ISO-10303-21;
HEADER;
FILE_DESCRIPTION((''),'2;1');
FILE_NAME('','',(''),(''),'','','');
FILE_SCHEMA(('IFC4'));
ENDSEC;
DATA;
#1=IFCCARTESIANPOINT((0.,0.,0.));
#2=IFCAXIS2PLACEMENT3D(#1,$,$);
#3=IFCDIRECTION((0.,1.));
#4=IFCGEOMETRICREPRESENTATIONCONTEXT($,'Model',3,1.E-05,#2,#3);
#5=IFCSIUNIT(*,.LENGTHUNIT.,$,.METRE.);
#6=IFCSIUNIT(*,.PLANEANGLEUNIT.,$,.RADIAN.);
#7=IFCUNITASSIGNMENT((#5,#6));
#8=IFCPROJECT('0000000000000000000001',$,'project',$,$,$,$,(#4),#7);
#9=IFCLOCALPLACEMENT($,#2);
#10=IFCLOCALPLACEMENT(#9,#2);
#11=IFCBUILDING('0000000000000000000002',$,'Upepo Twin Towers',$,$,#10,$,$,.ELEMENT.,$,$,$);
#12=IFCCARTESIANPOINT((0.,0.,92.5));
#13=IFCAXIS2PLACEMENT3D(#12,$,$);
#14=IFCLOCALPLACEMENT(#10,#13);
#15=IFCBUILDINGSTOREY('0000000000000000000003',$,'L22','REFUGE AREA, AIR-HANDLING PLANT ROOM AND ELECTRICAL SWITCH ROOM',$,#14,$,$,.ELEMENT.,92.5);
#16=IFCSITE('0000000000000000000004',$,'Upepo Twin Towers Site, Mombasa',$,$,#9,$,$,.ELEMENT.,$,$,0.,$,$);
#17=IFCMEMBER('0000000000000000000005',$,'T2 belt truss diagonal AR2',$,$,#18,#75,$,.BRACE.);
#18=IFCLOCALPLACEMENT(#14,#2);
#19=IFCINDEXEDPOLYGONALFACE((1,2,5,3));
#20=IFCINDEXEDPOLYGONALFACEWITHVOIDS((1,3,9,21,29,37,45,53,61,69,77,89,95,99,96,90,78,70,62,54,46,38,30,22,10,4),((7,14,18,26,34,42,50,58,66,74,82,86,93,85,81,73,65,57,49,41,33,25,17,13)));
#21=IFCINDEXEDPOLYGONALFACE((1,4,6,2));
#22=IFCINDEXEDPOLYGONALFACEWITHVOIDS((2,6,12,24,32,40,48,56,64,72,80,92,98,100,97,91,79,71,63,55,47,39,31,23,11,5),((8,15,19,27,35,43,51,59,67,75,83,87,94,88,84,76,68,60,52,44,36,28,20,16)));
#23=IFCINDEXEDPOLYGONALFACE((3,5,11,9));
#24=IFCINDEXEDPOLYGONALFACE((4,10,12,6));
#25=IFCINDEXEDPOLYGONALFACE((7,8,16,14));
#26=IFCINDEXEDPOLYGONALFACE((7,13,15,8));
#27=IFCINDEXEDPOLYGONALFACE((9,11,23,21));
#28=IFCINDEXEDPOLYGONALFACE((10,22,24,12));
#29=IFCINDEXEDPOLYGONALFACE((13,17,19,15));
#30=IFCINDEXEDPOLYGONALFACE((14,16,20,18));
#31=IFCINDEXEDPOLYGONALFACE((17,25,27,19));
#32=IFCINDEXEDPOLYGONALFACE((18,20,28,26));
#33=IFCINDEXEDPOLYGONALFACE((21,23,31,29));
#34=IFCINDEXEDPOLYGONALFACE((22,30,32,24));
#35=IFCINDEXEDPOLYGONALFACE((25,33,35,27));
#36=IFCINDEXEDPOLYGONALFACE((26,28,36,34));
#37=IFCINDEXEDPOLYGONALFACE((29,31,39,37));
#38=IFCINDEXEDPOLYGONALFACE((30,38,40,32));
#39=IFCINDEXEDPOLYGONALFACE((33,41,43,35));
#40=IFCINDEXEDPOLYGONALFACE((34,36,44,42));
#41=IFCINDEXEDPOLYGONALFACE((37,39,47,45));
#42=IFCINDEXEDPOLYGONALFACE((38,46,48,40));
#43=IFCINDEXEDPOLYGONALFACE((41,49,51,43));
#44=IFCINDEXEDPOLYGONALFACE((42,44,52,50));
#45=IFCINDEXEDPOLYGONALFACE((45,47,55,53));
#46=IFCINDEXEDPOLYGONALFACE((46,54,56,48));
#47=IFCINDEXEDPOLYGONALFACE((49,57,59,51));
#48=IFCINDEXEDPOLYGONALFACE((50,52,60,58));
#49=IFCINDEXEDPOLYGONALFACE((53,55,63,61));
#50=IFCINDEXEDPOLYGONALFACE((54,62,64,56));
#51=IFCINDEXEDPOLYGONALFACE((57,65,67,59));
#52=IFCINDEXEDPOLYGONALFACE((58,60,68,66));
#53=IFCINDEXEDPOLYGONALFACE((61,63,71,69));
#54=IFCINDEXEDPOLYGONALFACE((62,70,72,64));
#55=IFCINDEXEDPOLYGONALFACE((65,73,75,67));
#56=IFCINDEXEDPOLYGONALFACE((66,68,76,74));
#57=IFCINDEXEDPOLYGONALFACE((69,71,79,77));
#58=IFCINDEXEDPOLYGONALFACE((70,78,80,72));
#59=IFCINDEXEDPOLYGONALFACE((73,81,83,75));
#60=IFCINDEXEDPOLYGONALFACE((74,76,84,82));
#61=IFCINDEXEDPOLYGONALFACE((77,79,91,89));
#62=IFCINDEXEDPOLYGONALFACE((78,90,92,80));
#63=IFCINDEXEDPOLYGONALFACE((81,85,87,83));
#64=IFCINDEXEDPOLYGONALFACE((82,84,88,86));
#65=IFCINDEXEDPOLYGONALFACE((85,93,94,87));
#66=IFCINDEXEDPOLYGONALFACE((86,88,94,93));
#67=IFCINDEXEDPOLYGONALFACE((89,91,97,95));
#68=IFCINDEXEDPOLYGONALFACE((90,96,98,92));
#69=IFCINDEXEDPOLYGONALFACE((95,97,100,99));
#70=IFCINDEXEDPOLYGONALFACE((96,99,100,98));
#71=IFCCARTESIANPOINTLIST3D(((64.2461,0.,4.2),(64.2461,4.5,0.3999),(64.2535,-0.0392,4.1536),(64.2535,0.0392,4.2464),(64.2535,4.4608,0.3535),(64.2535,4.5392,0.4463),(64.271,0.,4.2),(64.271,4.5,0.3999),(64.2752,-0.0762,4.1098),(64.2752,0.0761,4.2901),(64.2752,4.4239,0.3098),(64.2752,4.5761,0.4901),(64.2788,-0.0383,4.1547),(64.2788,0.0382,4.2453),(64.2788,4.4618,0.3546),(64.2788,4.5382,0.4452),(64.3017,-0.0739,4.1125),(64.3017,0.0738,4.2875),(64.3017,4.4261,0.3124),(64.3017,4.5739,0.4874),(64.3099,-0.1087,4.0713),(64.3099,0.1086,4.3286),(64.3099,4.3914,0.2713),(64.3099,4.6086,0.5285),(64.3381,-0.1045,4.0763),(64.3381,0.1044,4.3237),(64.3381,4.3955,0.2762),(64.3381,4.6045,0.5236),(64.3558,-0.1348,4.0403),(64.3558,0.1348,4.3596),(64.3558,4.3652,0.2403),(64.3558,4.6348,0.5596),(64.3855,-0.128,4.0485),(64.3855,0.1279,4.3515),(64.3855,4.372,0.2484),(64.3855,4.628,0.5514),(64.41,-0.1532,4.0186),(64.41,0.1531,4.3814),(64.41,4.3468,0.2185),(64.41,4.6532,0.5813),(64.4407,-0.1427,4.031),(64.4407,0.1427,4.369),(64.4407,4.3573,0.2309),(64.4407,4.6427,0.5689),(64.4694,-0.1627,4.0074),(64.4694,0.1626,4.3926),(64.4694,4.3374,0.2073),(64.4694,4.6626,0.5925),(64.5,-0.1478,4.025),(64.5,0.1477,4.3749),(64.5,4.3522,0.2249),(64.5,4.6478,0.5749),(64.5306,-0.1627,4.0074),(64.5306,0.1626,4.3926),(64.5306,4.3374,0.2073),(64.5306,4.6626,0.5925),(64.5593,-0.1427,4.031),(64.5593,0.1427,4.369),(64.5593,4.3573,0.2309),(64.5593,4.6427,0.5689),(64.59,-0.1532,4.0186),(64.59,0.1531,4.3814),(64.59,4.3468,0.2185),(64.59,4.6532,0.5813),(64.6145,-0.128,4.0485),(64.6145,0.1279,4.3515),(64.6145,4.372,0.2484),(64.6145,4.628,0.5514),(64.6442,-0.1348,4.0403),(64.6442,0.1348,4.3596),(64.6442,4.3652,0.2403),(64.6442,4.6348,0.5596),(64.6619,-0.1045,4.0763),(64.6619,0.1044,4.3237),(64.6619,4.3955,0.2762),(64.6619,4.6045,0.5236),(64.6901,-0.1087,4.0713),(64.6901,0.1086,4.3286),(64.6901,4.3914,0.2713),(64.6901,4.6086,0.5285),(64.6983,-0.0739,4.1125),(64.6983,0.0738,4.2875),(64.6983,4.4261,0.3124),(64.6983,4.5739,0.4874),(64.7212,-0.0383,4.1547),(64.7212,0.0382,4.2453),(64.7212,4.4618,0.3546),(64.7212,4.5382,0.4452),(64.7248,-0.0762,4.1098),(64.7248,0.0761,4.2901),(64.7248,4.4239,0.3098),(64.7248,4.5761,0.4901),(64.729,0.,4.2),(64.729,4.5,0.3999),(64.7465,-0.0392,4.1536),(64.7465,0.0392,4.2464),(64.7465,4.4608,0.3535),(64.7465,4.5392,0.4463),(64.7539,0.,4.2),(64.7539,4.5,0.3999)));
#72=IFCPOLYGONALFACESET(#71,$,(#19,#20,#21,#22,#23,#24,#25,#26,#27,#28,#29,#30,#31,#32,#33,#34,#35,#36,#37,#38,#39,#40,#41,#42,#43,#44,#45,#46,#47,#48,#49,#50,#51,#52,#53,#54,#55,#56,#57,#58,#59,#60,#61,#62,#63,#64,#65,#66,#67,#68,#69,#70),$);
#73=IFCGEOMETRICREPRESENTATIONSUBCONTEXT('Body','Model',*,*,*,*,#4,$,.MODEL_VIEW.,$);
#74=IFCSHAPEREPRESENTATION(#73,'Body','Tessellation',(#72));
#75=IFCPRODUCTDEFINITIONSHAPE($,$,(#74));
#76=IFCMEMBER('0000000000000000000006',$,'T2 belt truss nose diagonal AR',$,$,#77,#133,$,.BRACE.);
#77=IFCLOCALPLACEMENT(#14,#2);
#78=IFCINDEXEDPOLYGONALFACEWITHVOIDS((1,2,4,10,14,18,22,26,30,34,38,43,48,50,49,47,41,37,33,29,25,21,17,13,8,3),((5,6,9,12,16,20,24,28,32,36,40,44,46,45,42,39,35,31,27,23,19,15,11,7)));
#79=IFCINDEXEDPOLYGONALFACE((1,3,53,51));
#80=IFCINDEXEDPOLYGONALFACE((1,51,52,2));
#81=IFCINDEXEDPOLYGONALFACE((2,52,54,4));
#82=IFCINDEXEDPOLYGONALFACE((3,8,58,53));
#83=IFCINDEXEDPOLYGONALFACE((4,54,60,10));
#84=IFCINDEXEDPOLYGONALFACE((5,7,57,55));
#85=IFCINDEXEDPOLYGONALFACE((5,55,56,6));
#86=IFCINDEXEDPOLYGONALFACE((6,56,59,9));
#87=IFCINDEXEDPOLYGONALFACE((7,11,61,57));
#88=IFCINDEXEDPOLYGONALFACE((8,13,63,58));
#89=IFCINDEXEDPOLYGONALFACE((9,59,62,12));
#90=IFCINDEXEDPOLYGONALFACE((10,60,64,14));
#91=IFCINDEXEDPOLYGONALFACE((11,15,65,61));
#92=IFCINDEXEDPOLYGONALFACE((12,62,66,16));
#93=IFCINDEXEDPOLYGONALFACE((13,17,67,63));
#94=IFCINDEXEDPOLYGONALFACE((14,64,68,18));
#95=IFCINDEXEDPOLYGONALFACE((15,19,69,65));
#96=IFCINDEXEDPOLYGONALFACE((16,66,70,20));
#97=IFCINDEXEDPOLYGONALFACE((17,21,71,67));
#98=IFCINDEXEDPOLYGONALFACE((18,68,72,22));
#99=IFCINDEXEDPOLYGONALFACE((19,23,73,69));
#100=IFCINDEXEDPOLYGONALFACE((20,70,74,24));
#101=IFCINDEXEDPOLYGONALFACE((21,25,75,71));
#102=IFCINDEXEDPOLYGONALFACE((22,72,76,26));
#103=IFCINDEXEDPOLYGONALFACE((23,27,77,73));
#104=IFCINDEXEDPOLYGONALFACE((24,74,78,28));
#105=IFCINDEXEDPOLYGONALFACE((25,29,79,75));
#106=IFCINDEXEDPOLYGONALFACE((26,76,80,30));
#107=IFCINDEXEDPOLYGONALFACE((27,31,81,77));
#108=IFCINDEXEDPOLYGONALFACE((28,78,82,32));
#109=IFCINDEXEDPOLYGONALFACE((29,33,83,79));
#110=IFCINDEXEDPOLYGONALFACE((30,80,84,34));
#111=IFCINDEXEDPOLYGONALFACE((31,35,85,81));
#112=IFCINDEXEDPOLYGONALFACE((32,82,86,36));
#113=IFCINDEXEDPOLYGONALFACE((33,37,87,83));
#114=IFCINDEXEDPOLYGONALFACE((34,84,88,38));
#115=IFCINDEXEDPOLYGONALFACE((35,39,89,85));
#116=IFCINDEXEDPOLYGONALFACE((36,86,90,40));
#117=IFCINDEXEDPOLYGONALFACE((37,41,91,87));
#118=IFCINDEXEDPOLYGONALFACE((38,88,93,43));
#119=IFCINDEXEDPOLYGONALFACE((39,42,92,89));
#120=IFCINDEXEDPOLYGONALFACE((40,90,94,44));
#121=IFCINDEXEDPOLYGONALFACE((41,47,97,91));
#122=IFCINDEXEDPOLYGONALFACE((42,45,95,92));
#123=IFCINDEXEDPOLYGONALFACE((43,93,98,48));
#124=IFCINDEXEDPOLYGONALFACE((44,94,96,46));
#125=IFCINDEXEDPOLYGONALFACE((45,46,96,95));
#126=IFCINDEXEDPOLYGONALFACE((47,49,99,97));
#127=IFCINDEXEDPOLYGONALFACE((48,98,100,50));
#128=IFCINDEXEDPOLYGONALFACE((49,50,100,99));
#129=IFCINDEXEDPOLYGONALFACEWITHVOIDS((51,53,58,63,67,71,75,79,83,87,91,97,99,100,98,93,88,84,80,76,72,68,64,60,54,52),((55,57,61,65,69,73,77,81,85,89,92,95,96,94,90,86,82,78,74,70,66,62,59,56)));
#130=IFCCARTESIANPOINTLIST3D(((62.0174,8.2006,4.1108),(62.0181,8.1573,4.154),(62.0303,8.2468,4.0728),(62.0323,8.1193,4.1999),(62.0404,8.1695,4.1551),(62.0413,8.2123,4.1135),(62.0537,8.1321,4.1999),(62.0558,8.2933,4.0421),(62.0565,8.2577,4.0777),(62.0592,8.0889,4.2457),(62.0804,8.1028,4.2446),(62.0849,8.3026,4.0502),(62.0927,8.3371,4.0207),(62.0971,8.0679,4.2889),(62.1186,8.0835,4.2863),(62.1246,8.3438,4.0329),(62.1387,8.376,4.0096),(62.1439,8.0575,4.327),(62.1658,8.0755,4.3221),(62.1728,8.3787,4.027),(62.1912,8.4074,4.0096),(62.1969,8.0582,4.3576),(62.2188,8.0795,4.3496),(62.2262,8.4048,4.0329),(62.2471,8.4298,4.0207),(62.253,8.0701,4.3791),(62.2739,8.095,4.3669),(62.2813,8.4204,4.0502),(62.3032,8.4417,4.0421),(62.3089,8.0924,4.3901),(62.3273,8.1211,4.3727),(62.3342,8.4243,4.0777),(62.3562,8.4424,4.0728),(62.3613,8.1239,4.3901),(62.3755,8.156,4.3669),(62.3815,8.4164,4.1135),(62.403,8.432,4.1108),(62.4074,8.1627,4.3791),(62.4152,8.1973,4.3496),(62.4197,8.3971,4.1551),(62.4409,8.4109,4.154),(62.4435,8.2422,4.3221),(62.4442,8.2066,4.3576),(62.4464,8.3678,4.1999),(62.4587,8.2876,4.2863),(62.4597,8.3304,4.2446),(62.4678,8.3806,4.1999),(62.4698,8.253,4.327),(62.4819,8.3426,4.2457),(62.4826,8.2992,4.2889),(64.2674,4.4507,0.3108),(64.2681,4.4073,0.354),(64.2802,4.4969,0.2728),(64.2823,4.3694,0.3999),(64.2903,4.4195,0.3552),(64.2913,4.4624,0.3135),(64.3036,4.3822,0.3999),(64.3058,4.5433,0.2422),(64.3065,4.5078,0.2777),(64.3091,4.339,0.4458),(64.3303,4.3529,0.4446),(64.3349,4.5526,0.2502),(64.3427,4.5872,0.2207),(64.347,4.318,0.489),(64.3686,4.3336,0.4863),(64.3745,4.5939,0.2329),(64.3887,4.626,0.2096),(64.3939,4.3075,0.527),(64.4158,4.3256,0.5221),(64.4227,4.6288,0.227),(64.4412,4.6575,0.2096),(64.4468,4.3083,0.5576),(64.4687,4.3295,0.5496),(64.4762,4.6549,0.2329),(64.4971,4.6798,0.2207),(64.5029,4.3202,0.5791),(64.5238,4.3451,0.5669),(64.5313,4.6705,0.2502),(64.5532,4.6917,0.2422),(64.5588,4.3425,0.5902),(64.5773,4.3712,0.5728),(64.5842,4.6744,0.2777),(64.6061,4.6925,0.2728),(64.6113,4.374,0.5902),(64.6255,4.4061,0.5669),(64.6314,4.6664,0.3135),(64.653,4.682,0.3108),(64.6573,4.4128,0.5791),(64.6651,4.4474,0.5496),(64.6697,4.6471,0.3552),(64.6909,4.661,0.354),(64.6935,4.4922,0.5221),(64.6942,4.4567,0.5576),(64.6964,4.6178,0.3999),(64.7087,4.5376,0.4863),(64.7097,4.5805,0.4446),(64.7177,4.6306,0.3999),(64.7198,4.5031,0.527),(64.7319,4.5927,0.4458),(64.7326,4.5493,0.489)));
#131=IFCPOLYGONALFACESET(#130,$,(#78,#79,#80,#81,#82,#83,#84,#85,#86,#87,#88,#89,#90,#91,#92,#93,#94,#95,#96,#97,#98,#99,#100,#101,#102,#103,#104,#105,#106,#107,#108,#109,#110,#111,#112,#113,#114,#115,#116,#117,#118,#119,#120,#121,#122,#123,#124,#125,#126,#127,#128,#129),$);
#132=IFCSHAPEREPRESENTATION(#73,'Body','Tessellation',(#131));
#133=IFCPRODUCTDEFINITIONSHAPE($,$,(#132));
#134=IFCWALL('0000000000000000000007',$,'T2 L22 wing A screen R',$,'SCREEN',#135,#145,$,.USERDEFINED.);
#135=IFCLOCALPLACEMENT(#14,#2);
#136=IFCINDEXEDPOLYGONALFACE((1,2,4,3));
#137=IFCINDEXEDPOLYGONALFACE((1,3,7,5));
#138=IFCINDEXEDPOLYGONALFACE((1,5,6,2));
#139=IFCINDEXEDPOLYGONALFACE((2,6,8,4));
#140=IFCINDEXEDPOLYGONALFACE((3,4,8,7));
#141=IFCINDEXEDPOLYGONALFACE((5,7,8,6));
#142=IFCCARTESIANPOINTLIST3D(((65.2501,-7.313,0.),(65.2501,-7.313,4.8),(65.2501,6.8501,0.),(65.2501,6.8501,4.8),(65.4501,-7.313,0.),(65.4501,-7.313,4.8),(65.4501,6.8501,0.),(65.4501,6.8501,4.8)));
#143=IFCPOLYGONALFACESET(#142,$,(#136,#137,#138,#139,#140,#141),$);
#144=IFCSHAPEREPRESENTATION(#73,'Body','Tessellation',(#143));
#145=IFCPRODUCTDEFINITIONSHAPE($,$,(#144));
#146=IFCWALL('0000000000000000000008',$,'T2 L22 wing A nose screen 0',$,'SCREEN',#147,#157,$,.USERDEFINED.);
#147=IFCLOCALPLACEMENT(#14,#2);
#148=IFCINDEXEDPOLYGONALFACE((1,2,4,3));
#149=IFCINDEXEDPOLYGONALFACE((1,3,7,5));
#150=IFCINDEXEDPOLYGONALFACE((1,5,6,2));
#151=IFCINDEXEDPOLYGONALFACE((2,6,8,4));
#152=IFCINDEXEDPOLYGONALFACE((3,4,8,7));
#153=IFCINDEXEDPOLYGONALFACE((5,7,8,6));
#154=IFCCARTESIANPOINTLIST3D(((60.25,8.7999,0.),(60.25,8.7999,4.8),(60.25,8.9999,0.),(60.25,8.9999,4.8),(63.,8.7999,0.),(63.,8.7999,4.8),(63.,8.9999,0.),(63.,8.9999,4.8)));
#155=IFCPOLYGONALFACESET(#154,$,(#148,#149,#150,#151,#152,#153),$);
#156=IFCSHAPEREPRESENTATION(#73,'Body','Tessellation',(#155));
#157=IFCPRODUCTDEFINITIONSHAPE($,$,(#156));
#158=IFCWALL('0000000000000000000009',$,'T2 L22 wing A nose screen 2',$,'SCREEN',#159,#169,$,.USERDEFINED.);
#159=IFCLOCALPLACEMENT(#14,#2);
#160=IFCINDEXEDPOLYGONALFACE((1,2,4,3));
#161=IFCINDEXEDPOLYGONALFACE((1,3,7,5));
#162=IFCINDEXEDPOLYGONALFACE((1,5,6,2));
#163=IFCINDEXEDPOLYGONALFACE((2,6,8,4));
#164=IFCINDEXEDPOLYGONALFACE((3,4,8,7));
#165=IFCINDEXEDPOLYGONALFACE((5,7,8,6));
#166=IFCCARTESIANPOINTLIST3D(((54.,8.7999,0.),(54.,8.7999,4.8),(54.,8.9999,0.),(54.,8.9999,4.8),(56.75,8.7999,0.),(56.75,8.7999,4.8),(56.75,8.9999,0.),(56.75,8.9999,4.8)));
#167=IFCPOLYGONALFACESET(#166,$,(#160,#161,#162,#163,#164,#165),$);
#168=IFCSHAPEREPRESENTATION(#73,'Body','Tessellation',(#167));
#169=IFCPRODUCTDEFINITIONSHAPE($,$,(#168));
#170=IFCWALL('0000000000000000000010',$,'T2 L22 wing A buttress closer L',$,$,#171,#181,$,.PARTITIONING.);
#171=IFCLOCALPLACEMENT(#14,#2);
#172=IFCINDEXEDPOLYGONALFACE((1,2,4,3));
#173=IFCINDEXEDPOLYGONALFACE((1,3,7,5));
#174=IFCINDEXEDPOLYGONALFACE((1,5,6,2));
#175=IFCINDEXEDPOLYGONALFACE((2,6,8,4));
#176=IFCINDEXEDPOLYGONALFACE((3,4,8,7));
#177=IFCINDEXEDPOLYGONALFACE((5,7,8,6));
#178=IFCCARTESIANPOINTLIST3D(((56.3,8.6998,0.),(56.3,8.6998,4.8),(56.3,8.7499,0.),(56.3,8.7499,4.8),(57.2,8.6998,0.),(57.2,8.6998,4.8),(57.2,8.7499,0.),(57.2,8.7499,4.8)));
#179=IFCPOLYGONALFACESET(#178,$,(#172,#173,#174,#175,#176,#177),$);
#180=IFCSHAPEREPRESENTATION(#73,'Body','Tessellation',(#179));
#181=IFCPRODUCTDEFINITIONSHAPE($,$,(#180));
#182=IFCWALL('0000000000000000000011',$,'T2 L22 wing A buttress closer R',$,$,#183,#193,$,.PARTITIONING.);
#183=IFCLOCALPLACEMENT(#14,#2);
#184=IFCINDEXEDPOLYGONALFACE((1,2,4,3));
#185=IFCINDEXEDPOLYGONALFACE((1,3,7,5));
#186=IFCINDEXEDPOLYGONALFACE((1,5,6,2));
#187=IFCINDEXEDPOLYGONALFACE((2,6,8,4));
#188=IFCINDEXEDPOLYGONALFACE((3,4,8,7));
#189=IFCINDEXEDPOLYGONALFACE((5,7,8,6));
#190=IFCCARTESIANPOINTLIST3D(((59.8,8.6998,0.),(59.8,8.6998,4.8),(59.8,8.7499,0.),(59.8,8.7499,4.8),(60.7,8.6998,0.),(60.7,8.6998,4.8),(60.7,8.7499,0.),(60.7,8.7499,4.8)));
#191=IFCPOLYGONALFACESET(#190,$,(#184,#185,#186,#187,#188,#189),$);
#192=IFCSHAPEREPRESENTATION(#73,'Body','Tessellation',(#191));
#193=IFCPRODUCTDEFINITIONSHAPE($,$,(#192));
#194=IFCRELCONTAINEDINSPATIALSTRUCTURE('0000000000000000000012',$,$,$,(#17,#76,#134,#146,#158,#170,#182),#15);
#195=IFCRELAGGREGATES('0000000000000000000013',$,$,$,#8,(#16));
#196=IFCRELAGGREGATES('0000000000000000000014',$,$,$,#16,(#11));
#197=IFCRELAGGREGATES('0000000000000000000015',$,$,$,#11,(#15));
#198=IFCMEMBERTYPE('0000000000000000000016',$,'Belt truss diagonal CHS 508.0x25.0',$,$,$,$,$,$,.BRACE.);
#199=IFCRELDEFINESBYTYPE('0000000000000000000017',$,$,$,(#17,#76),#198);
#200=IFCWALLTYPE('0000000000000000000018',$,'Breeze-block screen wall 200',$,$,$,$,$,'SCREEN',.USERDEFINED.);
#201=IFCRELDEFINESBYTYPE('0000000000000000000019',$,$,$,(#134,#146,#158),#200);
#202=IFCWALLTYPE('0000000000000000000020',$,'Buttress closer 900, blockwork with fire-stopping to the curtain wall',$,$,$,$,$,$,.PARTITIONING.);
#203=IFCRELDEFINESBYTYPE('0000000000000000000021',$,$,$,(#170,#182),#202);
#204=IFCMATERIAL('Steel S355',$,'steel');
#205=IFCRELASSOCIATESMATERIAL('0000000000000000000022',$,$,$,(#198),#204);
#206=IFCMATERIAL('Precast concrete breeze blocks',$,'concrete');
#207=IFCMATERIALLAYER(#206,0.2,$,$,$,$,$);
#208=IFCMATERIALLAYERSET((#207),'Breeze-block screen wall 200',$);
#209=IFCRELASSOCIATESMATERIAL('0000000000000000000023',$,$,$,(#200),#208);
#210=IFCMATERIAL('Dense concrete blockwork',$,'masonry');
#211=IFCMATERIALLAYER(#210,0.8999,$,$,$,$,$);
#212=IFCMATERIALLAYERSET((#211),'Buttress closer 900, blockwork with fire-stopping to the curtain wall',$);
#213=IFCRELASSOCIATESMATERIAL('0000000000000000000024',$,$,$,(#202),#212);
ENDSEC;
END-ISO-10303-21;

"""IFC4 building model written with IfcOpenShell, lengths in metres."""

from ifc_helpers import new_model, si_unit, direction, frame, frame_2d, origin, origin_2d, place, context, subcontext, project, spatial, rectangle, hollow_circle, extrude, material, layer, layer_set, material_profile, profile_set, type_object, element, save


model = new_model("IFC4")

# Units and contexts
model_context = context("Model", 3, precision=1e-05, world=origin(), true_north=direction((0.0, 1.0)))
body_context = subcontext(model_context, "Body", "Model", "MODEL_VIEW")
ifc_project = project(units=[si_unit("LENGTHUNIT", "METRE"), si_unit("PLANEANGLEUNIT", "RADIAN")], contexts=[model_context])

# Site, building, storey
site_placement = place(None, origin())
site = spatial("IfcSite", under=ifc_project, at=site_placement, Name="Upepo Twin Towers Site, Mombasa", CompositionType="ELEMENT", RefElevation=0.0)
building_placement = place(site_placement, origin())
building = spatial("IfcBuilding", under=site, at=building_placement, Name="Upepo Twin Towers", CompositionType="ELEMENT")
storey_placement = place(building_placement, frame((0.0, 0.0, 92.5)))
storey = spatial("IfcBuildingStorey", under=building, at=storey_placement, Name="L22", Description="REFUGE AREA, AIR-HANDLING PLANT ROOM AND ELECTRICAL SWITCH ROOM", CompositionType="ELEMENT", Elevation=92.5)

# Members
ifc_material_1 = material(Name="Steel S355", Category="steel")
ifc_material_profile_1 = material_profile(ifc_material_1, hollow_circle(Radius=0.2539, WallThickness=0.0249, at=origin_2d()), Name="CHS 508.0x25.0")
ifc_profile_set_1 = profile_set([ifc_material_profile_1], Name="Steel S355")
member_type = type_object("IfcMemberType", Name="Belt truss diagonal CHS 508.0x25.0", PredefinedType="BRACE", material=ifc_profile_set_1)
for number, where, z_axis, x_axis, name in (
    (1, (64.5, 4.5, 0.3999), (0.0, -0.764026, 0.645186), (1.0, 0.0, 0.0), "T2 belt truss diagonal AR2"),
):
    element("IfcMember", number, at=place(storey_placement, frame(where, z_axis=z_axis, x_axis=x_axis)), inside=storey, type_object=member_type, Name=name, PredefinedType="BRACE", context=body_context, shape_type="SweptSolid", body=[
        extrude(hollow_circle(Radius=0.2539, WallThickness=0.0249, at=origin_2d()), origin(), (0.0, 0.0, 1.0), 5.8899),
    ])
member_1_placement = place(storey_placement, frame((64.5, 4.5, 0.3999), z_axis=(-0.388362, 0.64727, 0.655909), x_axis=(-0.857493, -0.514496, 0.0)))
element("IfcMember", 2, at=member_1_placement, inside=storey, type_object=member_type, Name="T2 belt truss nose diagonal AR", PredefinedType="BRACE", context=body_context, shape_type="SweptSolid", body=[
    extrude(hollow_circle(Radius=0.2539, WallThickness=0.0249, at=origin_2d()), origin(), (0.0, 0.0, 1.0), 5.7935),
])

# Walls
ifc_material_2 = material(Name="Precast concrete breeze blocks", Category="concrete")
ifc_layer_1 = layer(ifc_material_2, 0.2)
ifc_layer_set_1 = layer_set([ifc_layer_1], Name="Breeze-block screen wall 200")
wall_type_1 = type_object("IfcWallType", Name="Breeze-block screen wall 200", ElementType="SCREEN", PredefinedType="USERDEFINED", material=ifc_layer_set_1)
wall_1_placement = place(storey_placement, frame((65.3501, 6.8501, 0.0), z_axis=(0.0, 0.0, 1.0), x_axis=(0.0, -1.0, 0.0)))
element("IfcWall", 3, at=wall_1_placement, inside=storey, type_object=wall_type_1, Name="T2 L22 wing A screen R", ObjectType="SCREEN", PredefinedType="USERDEFINED", context=body_context, shape_type="SweptSolid", body=[
    extrude(rectangle(XDim=14.1631, YDim=0.2, at=frame_2d((7.0815, 0.0))), origin(), (0.0, 0.0, 1.0), 4.8),
])
for number, where, z_axis, x_axis, name in (
    (4, (63.0, 8.8999, 0.0), (0.0, 0.0, 1.0), (-1.0, 0.0, 0.0), "T2 L22 wing A nose screen 0"),
    (5, (56.75, 8.8999, 0.0), (0.0, 0.0, 1.0), (-1.0, 0.0, 0.0), "T2 L22 wing A nose screen 2"),
):
    element("IfcWall", number, at=place(storey_placement, frame(where, z_axis=z_axis, x_axis=x_axis)), inside=storey, type_object=wall_type_1, Name=name, ObjectType="SCREEN", PredefinedType="USERDEFINED", context=body_context, shape_type="SweptSolid", body=[
        extrude(rectangle(XDim=2.75, YDim=0.2, at=frame_2d((1.375, 0.0))), origin(), (0.0, 0.0, 1.0), 4.8),
    ])
ifc_material_3 = material(Name="Dense concrete blockwork", Category="masonry")
ifc_layer_2 = layer(ifc_material_3, 0.8999)
ifc_layer_set_2 = layer_set([ifc_layer_2], Name="Buttress closer 900, blockwork with fire-stopping to the curtain wall")
wall_type_2 = type_object("IfcWallType", Name="Buttress closer 900, blockwork with fire-stopping to the curtain wall", PredefinedType="PARTITIONING", material=ifc_layer_set_2)
for number, where, z_axis, x_axis, name in (
    (6, (56.75, 8.7, 0.0), (0.0, 0.0, 1.0), (0.0, 1.0, 0.0), "T2 L22 wing A buttress closer L"),
    (7, (60.25, 8.7, 0.0), (0.0, 0.0, 1.0), (0.0, 1.0, 0.0), "T2 L22 wing A buttress closer R"),
):
    element("IfcWall", number, at=place(storey_placement, frame(where, z_axis=z_axis, x_axis=x_axis)), inside=storey, type_object=wall_type_2, Name=name, PredefinedType="PARTITIONING", context=body_context, shape_type="SweptSolid", body=[
        extrude(rectangle(XDim=0.05, YDim=0.8999, at=frame_2d((0.0249, 0.0))), origin(), (0.0, 0.0, 1.0), 4.8),
    ])

save(model, "model.ifc")
